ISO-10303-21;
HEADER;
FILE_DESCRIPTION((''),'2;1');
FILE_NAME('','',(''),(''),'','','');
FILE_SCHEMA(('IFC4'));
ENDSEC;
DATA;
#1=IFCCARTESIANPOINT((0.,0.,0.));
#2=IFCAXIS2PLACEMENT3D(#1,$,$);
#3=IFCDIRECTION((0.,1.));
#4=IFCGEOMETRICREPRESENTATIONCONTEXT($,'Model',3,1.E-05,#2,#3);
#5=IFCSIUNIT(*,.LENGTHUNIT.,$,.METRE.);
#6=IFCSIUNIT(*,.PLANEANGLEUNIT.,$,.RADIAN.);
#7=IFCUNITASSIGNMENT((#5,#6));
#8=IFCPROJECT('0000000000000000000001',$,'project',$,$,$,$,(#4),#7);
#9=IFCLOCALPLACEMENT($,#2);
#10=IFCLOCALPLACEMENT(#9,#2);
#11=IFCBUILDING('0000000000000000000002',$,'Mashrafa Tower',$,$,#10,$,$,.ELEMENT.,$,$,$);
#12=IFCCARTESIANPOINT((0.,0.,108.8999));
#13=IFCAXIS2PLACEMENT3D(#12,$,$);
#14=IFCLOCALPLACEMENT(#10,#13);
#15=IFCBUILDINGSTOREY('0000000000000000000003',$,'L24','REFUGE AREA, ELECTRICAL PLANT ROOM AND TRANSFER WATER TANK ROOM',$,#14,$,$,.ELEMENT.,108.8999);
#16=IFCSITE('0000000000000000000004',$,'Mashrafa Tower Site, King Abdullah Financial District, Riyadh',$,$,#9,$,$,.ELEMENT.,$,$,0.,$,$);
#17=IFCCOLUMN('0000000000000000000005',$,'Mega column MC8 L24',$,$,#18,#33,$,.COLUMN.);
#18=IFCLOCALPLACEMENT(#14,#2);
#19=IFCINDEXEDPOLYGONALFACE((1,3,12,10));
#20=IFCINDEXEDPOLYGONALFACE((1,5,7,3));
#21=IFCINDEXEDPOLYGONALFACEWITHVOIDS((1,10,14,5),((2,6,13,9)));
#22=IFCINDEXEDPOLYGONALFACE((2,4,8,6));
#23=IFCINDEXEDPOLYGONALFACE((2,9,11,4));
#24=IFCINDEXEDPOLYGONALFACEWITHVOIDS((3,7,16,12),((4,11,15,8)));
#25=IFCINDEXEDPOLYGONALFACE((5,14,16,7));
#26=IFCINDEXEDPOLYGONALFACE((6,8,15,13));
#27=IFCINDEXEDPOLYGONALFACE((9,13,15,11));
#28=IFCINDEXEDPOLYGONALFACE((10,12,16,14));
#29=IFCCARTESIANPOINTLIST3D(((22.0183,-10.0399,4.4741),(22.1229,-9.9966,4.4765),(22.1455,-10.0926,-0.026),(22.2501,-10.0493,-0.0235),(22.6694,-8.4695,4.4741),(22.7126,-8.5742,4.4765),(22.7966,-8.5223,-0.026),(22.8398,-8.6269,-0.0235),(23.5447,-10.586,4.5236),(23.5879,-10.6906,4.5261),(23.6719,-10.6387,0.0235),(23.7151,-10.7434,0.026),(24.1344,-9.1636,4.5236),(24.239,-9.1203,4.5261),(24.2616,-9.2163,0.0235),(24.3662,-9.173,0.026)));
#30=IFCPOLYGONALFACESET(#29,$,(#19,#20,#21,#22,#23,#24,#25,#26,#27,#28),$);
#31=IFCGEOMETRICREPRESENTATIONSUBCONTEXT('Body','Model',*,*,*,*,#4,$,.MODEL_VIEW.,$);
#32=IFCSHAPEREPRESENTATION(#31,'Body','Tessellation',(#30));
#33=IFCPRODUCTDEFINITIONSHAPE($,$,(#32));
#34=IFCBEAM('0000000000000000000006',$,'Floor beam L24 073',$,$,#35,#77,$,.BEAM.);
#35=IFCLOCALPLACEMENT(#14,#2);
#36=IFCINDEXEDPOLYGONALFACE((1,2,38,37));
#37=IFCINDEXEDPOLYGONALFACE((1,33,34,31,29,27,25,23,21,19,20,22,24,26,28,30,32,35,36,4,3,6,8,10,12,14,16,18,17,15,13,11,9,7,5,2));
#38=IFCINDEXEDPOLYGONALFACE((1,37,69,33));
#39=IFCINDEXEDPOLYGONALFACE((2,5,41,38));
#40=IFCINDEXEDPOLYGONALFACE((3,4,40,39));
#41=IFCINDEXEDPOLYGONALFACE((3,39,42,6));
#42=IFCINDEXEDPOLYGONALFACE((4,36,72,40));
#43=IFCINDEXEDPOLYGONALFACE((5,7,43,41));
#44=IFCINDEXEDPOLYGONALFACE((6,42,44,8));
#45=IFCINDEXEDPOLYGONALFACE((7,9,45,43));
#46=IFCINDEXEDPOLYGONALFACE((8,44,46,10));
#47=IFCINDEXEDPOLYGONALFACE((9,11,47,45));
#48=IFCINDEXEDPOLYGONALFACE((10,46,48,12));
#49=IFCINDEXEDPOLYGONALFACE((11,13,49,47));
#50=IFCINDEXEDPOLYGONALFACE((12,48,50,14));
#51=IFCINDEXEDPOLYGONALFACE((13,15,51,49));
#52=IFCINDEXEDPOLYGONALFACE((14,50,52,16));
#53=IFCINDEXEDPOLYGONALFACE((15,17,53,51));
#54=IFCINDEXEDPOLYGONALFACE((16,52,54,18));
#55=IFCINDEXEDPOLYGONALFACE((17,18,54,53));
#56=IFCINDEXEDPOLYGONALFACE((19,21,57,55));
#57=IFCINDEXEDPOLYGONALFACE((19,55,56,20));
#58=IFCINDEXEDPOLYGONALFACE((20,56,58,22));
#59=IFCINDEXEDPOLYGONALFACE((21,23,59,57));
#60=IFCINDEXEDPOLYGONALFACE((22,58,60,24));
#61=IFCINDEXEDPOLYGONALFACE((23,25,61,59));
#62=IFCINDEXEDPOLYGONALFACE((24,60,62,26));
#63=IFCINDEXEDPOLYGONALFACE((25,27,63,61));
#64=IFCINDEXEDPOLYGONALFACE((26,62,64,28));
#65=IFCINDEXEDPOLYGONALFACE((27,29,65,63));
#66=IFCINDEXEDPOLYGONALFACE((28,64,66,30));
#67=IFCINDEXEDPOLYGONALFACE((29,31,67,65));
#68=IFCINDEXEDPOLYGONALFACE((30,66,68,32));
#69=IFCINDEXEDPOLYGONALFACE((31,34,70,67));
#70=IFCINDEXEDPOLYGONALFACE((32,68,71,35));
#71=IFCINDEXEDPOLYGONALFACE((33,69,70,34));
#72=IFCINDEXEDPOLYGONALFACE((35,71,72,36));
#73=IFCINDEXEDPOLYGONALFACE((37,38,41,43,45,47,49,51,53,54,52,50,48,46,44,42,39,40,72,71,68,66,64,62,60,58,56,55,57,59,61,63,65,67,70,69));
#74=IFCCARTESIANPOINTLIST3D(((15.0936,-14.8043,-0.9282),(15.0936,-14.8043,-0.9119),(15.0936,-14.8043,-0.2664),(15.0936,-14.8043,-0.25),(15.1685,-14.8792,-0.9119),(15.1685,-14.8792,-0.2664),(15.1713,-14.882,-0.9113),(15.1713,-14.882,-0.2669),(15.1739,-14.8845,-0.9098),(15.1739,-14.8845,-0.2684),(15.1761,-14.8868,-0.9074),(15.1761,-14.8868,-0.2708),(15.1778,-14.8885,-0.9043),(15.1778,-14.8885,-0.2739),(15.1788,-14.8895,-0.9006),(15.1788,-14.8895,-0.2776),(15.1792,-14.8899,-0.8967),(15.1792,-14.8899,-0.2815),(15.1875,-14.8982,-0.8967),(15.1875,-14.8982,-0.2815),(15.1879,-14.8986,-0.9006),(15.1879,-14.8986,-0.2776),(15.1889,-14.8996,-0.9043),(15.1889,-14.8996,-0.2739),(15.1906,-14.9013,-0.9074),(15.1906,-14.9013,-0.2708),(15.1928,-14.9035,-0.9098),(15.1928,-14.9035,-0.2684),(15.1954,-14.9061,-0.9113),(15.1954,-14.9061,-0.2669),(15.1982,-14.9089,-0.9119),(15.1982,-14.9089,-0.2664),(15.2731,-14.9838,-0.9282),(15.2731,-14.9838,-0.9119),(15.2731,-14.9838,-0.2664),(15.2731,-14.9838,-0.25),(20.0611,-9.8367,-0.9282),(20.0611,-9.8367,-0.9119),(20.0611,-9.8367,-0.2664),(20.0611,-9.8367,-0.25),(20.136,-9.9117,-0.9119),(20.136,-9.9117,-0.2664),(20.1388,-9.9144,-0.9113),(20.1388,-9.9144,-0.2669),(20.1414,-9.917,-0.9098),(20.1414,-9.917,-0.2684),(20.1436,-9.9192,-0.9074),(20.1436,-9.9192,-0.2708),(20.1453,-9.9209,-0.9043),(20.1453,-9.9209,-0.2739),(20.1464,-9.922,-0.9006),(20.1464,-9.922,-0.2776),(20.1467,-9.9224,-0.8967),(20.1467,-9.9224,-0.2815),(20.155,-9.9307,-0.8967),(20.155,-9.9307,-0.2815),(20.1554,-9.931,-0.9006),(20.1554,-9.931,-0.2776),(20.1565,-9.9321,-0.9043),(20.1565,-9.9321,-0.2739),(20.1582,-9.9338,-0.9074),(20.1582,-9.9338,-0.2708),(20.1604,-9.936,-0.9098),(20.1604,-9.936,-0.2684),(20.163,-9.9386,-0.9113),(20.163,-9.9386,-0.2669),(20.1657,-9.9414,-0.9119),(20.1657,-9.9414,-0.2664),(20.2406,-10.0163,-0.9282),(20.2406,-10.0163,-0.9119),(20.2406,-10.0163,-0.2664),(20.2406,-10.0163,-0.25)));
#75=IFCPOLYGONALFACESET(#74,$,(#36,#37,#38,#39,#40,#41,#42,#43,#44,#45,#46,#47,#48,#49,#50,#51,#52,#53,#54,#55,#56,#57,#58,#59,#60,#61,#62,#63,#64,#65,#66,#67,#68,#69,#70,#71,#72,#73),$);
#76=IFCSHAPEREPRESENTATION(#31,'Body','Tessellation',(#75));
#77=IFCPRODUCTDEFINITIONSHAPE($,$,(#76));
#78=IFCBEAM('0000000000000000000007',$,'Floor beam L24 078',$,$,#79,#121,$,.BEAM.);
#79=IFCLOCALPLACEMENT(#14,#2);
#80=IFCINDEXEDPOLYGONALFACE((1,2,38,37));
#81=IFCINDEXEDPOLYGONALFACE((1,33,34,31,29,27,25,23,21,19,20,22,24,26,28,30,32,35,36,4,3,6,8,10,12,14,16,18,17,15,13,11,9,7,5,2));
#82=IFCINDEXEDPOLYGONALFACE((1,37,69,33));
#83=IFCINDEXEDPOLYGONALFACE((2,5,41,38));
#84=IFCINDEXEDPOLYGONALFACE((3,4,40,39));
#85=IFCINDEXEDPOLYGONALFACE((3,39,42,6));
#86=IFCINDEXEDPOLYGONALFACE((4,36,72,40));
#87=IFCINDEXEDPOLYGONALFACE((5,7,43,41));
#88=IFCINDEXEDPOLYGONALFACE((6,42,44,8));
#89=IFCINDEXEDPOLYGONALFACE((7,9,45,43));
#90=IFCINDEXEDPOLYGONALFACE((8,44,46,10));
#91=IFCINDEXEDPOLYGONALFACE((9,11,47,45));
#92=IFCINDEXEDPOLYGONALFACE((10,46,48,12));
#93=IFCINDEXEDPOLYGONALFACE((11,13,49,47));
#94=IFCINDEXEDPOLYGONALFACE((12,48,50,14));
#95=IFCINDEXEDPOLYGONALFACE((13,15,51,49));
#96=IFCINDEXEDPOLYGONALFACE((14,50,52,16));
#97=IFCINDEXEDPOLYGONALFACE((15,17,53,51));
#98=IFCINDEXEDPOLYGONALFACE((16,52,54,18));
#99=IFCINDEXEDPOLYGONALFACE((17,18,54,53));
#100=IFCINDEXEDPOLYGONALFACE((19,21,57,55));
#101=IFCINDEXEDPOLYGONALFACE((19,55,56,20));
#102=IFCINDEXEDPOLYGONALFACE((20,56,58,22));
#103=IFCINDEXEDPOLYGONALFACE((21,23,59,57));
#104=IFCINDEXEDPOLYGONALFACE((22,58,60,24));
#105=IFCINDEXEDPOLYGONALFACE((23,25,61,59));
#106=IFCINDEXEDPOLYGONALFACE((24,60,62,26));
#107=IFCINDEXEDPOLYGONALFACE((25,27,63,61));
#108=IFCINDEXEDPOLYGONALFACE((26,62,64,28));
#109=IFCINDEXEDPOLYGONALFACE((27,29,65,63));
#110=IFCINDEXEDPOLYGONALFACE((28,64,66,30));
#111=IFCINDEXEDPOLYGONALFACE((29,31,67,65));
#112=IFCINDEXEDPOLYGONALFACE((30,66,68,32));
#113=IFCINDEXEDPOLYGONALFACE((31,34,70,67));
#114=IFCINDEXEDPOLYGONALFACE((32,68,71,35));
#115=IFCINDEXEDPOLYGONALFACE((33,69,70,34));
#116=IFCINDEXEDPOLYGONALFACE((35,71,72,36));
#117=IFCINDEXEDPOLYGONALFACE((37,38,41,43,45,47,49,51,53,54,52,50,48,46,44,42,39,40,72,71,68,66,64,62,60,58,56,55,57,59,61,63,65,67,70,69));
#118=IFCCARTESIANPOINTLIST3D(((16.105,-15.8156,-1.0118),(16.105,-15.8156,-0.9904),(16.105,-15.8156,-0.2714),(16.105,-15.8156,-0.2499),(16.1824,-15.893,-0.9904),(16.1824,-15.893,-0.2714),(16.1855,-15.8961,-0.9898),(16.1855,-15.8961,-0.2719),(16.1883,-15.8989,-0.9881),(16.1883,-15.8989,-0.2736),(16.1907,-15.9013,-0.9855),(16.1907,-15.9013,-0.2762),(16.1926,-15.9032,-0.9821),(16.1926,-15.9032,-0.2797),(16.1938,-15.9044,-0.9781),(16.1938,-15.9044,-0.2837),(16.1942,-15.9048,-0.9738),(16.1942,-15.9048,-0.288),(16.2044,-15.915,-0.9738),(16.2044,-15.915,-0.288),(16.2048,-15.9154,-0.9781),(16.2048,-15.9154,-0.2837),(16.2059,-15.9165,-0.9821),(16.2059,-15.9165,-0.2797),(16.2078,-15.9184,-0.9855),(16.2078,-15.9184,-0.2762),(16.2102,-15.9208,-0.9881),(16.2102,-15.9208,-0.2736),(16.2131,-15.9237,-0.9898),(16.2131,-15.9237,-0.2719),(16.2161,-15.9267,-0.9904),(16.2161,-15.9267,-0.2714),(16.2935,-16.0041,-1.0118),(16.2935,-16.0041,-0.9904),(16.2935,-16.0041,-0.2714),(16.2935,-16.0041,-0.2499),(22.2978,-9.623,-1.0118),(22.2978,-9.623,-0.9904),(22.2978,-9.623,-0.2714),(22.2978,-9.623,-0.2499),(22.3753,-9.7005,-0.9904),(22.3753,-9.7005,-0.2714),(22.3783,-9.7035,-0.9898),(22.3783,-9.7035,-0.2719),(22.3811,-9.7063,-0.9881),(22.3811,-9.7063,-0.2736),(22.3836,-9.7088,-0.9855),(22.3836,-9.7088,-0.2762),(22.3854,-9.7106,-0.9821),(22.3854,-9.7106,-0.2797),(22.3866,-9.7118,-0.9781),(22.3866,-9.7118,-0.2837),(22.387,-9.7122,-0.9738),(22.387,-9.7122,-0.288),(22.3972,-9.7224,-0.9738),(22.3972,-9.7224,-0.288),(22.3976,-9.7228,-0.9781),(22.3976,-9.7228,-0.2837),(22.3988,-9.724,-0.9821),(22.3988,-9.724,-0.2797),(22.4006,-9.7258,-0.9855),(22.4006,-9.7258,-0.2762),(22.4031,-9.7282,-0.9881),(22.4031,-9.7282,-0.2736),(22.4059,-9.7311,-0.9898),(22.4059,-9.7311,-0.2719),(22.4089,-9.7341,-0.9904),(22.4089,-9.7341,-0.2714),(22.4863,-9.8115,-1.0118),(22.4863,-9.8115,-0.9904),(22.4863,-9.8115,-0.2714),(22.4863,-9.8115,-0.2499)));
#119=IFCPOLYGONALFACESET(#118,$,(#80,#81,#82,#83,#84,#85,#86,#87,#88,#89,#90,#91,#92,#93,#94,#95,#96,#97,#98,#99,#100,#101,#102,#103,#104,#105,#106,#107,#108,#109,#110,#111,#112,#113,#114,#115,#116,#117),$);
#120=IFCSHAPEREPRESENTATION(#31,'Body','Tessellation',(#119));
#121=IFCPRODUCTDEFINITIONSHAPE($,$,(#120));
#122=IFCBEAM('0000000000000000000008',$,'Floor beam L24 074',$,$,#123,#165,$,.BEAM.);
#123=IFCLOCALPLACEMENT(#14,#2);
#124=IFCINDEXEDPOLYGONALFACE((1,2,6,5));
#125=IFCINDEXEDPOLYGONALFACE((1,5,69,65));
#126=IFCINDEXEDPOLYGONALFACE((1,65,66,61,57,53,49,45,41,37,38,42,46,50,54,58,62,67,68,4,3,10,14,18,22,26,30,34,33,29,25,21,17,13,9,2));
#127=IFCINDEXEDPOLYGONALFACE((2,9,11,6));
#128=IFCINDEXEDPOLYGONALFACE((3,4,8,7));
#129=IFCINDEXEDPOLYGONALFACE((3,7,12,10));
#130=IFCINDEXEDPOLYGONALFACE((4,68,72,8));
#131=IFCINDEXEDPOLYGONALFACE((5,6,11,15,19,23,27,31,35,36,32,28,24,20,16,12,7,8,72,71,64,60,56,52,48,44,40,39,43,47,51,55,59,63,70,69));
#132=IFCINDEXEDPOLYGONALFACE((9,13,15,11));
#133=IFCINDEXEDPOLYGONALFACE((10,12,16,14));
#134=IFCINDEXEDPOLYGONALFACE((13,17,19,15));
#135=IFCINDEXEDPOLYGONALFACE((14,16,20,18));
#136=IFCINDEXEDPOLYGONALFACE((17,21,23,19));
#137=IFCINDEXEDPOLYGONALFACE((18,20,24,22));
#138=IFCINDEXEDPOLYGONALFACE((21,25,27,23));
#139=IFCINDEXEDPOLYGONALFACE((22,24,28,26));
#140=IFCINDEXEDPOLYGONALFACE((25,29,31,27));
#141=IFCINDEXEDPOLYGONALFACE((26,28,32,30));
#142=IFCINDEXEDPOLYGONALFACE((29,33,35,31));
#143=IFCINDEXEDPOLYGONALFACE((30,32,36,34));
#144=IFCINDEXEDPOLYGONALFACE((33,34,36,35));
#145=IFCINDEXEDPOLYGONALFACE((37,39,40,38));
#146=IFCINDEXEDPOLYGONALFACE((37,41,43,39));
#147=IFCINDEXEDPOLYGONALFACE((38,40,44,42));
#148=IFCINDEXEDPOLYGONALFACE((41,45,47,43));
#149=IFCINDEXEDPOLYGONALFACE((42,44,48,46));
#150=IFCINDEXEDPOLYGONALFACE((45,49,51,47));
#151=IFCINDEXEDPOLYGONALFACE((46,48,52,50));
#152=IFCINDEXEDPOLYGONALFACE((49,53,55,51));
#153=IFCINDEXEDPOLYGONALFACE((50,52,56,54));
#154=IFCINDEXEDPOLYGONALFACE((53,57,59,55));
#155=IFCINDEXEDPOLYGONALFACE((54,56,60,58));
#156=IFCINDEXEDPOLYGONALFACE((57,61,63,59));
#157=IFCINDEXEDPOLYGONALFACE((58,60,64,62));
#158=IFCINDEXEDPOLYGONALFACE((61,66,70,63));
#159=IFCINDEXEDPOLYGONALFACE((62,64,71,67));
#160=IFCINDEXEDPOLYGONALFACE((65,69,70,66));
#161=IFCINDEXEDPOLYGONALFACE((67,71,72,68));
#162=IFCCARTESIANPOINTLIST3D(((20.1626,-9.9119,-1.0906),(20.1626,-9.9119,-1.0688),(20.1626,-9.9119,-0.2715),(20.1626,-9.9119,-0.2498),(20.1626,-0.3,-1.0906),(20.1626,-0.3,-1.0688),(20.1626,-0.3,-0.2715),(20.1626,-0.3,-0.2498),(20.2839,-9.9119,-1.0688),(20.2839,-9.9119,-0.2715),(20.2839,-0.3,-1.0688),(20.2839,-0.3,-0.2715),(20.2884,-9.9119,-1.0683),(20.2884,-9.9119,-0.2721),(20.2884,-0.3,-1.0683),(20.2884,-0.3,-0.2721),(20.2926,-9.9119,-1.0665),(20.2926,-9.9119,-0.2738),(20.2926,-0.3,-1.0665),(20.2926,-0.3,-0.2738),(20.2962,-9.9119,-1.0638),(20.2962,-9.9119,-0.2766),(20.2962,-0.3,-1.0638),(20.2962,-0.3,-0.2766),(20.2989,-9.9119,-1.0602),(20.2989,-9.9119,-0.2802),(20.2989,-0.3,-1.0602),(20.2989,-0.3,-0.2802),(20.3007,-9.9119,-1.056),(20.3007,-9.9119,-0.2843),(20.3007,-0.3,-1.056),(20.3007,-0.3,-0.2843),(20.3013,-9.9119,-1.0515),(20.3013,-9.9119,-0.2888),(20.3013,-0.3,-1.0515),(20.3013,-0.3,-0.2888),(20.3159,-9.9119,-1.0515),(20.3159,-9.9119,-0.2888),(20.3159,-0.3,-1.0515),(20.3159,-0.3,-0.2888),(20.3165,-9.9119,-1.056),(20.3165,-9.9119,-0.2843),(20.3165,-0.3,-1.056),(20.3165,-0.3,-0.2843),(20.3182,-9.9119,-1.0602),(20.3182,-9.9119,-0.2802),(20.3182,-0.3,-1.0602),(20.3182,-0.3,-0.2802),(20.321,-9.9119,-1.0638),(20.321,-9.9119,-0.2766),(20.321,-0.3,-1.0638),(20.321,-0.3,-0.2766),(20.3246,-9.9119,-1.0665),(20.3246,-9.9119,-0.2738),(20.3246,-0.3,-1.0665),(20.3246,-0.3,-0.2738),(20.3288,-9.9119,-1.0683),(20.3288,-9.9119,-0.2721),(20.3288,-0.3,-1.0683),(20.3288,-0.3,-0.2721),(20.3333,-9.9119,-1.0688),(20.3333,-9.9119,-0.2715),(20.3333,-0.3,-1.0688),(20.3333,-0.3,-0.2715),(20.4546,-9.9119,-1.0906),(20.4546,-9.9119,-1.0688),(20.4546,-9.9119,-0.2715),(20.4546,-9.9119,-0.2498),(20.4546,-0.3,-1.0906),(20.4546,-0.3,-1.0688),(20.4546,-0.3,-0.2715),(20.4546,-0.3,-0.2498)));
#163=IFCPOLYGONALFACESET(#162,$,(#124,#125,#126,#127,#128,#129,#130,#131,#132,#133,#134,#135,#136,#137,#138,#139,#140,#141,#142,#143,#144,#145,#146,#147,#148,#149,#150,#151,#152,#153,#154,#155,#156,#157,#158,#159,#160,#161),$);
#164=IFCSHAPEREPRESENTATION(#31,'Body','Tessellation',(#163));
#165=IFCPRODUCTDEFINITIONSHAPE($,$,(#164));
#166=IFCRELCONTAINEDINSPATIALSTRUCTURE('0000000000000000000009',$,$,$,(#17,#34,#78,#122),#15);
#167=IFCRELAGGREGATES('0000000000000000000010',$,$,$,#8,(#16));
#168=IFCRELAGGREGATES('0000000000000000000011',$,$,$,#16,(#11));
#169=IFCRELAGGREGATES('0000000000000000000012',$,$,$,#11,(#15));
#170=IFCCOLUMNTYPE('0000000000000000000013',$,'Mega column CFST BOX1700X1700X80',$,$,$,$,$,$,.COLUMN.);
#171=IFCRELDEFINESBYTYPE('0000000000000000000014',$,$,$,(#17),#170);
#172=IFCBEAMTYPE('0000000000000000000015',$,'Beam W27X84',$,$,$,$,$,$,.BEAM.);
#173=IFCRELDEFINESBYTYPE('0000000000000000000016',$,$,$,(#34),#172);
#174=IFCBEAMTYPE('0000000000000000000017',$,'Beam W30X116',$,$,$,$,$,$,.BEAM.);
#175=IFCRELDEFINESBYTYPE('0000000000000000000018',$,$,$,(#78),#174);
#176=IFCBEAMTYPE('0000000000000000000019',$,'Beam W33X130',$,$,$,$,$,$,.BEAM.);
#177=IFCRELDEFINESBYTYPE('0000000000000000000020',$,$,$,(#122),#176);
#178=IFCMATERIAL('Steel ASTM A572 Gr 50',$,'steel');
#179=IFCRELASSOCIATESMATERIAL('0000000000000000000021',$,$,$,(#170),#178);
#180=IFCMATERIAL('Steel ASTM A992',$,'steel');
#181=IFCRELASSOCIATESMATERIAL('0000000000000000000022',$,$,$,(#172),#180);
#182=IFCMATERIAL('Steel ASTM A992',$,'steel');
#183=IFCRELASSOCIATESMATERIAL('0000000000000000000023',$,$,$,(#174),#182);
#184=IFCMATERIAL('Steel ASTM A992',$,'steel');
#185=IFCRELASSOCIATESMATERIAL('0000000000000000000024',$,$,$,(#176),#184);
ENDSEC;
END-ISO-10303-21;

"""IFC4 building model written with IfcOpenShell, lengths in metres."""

from ifc_helpers import new_model, si_unit, direction, frame, origin, origin_2d, place, context, subcontext, project, spatial, hollow_rectangle, i_section, extrude, material, material_profile, profile_set, type_object, element, save


model = new_model("IFC4")

# Units and contexts
model_context = context("Model", 3, precision=1e-05, world=origin(), true_north=direction((0.0, 1.0)))
body_context = subcontext(model_context, "Body", "Model", "MODEL_VIEW")
ifc_project = project(units=[si_unit("LENGTHUNIT", "METRE"), si_unit("PLANEANGLEUNIT", "RADIAN")], contexts=[model_context])

# Site, building, storey
site_placement = place(None, origin())
site = spatial("IfcSite", under=ifc_project, at=site_placement, Name="Mashrafa Tower Site, King Abdullah Financial District, Riyadh", CompositionType="ELEMENT", RefElevation=0.0)
building_placement = place(site_placement, origin())
building = spatial("IfcBuilding", under=site, at=building_placement, Name="Mashrafa Tower", CompositionType="ELEMENT")
storey_placement = place(building_placement, frame((0.0, 0.0, 108.8999)))
storey = spatial("IfcBuildingStorey", under=building, at=storey_placement, Name="L24", Description="REFUGE AREA, ELECTRICAL PLANT ROOM AND TRANSFER WATER TANK ROOM", CompositionType="ELEMENT", Elevation=108.8999)

# Column
ifc_material_1 = material(Name="Steel ASTM A572 Gr 50", Category="steel")
ifc_material_profile_1 = material_profile(ifc_material_1, hollow_rectangle(XDim=1.7, YDim=1.7, WallThickness=0.0801, at=origin_2d()), Name="BOX1700X1700X80")
ifc_profile_set_1 = profile_set([ifc_material_profile_1], Name="Steel ASTM A572 Gr 50")
column_type = type_object("IfcColumnType", Name="Mega column CFST BOX1700X1700X80", PredefinedType="COLUMN", material=ifc_profile_set_1)
column_placement = place(storey_placement, frame((23.2559, -9.6328, 0.0), z_axis=(-0.028253, 0.011713, 0.999532), x_axis=(-0.382978, -0.923757, 0.0)))
element("IfcColumn", 1, at=column_placement, inside=storey, type_object=column_type, Name="Mega column MC8 L24", PredefinedType="COLUMN", context=body_context, shape_type="SweptSolid", body=[
    extrude(hollow_rectangle(XDim=1.7, YDim=1.7, WallThickness=0.0801, at=origin_2d()), origin(), (0.0, 0.0, 1.0), 4.5022),
])

# Beams
ifc_material_2 = material(Name="Steel ASTM A992", Category="steel")
ifc_material_profile_2 = material_profile(ifc_material_2, i_section(OverallWidth=0.2539, OverallDepth=0.6782, WebThickness=0.0117, FlangeThickness=0.0164, FilletRadius=0.0151, at=origin_2d()), Name="W27X84")
ifc_profile_set_2 = profile_set([ifc_material_profile_2], Name="Steel ASTM A992")
beam_type_1 = type_object("IfcBeamType", Name="Beam W27X84", PredefinedType="BEAM", material=ifc_profile_set_2)
beam_1_placement = place(storey_placement, frame((20.1509, -9.9265, -0.5891), z_axis=(-0.707107, -0.707107, 0.0), x_axis=(0.707107, -0.707107, 0.0)))
element("IfcBeam", 2, at=beam_1_placement, inside=storey, type_object=beam_type_1, Name="Floor beam L24 073", PredefinedType="BEAM", context=body_context, shape_type="SweptSolid", body=[
    extrude(i_section(OverallWidth=0.2539, OverallDepth=0.6782, WebThickness=0.0117, FlangeThickness=0.0164, FilletRadius=0.0151, at=origin_2d()), origin(), (0.0, 0.0, 1.0), 7.0251),
])
ifc_material_3 = material(Name="Steel ASTM A992", Category="steel")
ifc_material_profile_3 = material_profile(ifc_material_3, i_section(OverallWidth=0.2666, OverallDepth=0.762, WebThickness=0.0144, FlangeThickness=0.0215, FilletRadius=0.0166, at=origin_2d()), Name="W30X116")
ifc_profile_set_3 = profile_set([ifc_material_profile_3], Name="Steel ASTM A992")
beam_type_2 = type_object("IfcBeamType", Name="Beam W30X116", PredefinedType="BEAM", material=ifc_profile_set_3)
beam_2_placement = place(storey_placement, frame((22.3921, -9.7173, -0.6309), z_axis=(-0.707121, -0.707093, 0.0), x_axis=(0.707093, -0.707121, 0.0)))
element("IfcBeam", 3, at=beam_2_placement, inside=storey, type_object=beam_type_2, Name="Floor beam L24 078", PredefinedType="BEAM", context=body_context, shape_type="SweptSolid", body=[
    extrude(i_section(OverallWidth=0.2666, OverallDepth=0.762, WebThickness=0.0144, FlangeThickness=0.0215, FilletRadius=0.0166, at=origin_2d()), origin(), (0.0, 0.0, 1.0), 8.7578),
])
ifc_material_4 = material(Name="Steel ASTM A992", Category="steel")
ifc_material_profile_4 = material_profile(ifc_material_4, i_section(OverallWidth=0.292, OverallDepth=0.8408, WebThickness=0.0146, FlangeThickness=0.0217, FilletRadius=0.0173, at=origin_2d()), Name="W33X130")
ifc_profile_set_4 = profile_set([ifc_material_profile_4], Name="Steel ASTM A992")
beam_type_3 = type_object("IfcBeamType", Name="Beam W33X130", PredefinedType="BEAM", material=ifc_profile_set_4)
beam_3_placement = place(storey_placement, frame((20.3086, -0.3, -0.6702), z_axis=(0.0, -1.0, 0.0), x_axis=(1.0, 0.0, 0.0)))
element("IfcBeam", 4, at=beam_3_placement, inside=storey, type_object=beam_type_3, Name="Floor beam L24 074", PredefinedType="BEAM", context=body_context, shape_type="SweptSolid", body=[
    extrude(i_section(OverallWidth=0.292, OverallDepth=0.8408, WebThickness=0.0146, FlangeThickness=0.0217, FilletRadius=0.0173, at=origin_2d()), origin(), (0.0, 0.0, 1.0), 9.6118),
])

save(model, "model.ifc")
